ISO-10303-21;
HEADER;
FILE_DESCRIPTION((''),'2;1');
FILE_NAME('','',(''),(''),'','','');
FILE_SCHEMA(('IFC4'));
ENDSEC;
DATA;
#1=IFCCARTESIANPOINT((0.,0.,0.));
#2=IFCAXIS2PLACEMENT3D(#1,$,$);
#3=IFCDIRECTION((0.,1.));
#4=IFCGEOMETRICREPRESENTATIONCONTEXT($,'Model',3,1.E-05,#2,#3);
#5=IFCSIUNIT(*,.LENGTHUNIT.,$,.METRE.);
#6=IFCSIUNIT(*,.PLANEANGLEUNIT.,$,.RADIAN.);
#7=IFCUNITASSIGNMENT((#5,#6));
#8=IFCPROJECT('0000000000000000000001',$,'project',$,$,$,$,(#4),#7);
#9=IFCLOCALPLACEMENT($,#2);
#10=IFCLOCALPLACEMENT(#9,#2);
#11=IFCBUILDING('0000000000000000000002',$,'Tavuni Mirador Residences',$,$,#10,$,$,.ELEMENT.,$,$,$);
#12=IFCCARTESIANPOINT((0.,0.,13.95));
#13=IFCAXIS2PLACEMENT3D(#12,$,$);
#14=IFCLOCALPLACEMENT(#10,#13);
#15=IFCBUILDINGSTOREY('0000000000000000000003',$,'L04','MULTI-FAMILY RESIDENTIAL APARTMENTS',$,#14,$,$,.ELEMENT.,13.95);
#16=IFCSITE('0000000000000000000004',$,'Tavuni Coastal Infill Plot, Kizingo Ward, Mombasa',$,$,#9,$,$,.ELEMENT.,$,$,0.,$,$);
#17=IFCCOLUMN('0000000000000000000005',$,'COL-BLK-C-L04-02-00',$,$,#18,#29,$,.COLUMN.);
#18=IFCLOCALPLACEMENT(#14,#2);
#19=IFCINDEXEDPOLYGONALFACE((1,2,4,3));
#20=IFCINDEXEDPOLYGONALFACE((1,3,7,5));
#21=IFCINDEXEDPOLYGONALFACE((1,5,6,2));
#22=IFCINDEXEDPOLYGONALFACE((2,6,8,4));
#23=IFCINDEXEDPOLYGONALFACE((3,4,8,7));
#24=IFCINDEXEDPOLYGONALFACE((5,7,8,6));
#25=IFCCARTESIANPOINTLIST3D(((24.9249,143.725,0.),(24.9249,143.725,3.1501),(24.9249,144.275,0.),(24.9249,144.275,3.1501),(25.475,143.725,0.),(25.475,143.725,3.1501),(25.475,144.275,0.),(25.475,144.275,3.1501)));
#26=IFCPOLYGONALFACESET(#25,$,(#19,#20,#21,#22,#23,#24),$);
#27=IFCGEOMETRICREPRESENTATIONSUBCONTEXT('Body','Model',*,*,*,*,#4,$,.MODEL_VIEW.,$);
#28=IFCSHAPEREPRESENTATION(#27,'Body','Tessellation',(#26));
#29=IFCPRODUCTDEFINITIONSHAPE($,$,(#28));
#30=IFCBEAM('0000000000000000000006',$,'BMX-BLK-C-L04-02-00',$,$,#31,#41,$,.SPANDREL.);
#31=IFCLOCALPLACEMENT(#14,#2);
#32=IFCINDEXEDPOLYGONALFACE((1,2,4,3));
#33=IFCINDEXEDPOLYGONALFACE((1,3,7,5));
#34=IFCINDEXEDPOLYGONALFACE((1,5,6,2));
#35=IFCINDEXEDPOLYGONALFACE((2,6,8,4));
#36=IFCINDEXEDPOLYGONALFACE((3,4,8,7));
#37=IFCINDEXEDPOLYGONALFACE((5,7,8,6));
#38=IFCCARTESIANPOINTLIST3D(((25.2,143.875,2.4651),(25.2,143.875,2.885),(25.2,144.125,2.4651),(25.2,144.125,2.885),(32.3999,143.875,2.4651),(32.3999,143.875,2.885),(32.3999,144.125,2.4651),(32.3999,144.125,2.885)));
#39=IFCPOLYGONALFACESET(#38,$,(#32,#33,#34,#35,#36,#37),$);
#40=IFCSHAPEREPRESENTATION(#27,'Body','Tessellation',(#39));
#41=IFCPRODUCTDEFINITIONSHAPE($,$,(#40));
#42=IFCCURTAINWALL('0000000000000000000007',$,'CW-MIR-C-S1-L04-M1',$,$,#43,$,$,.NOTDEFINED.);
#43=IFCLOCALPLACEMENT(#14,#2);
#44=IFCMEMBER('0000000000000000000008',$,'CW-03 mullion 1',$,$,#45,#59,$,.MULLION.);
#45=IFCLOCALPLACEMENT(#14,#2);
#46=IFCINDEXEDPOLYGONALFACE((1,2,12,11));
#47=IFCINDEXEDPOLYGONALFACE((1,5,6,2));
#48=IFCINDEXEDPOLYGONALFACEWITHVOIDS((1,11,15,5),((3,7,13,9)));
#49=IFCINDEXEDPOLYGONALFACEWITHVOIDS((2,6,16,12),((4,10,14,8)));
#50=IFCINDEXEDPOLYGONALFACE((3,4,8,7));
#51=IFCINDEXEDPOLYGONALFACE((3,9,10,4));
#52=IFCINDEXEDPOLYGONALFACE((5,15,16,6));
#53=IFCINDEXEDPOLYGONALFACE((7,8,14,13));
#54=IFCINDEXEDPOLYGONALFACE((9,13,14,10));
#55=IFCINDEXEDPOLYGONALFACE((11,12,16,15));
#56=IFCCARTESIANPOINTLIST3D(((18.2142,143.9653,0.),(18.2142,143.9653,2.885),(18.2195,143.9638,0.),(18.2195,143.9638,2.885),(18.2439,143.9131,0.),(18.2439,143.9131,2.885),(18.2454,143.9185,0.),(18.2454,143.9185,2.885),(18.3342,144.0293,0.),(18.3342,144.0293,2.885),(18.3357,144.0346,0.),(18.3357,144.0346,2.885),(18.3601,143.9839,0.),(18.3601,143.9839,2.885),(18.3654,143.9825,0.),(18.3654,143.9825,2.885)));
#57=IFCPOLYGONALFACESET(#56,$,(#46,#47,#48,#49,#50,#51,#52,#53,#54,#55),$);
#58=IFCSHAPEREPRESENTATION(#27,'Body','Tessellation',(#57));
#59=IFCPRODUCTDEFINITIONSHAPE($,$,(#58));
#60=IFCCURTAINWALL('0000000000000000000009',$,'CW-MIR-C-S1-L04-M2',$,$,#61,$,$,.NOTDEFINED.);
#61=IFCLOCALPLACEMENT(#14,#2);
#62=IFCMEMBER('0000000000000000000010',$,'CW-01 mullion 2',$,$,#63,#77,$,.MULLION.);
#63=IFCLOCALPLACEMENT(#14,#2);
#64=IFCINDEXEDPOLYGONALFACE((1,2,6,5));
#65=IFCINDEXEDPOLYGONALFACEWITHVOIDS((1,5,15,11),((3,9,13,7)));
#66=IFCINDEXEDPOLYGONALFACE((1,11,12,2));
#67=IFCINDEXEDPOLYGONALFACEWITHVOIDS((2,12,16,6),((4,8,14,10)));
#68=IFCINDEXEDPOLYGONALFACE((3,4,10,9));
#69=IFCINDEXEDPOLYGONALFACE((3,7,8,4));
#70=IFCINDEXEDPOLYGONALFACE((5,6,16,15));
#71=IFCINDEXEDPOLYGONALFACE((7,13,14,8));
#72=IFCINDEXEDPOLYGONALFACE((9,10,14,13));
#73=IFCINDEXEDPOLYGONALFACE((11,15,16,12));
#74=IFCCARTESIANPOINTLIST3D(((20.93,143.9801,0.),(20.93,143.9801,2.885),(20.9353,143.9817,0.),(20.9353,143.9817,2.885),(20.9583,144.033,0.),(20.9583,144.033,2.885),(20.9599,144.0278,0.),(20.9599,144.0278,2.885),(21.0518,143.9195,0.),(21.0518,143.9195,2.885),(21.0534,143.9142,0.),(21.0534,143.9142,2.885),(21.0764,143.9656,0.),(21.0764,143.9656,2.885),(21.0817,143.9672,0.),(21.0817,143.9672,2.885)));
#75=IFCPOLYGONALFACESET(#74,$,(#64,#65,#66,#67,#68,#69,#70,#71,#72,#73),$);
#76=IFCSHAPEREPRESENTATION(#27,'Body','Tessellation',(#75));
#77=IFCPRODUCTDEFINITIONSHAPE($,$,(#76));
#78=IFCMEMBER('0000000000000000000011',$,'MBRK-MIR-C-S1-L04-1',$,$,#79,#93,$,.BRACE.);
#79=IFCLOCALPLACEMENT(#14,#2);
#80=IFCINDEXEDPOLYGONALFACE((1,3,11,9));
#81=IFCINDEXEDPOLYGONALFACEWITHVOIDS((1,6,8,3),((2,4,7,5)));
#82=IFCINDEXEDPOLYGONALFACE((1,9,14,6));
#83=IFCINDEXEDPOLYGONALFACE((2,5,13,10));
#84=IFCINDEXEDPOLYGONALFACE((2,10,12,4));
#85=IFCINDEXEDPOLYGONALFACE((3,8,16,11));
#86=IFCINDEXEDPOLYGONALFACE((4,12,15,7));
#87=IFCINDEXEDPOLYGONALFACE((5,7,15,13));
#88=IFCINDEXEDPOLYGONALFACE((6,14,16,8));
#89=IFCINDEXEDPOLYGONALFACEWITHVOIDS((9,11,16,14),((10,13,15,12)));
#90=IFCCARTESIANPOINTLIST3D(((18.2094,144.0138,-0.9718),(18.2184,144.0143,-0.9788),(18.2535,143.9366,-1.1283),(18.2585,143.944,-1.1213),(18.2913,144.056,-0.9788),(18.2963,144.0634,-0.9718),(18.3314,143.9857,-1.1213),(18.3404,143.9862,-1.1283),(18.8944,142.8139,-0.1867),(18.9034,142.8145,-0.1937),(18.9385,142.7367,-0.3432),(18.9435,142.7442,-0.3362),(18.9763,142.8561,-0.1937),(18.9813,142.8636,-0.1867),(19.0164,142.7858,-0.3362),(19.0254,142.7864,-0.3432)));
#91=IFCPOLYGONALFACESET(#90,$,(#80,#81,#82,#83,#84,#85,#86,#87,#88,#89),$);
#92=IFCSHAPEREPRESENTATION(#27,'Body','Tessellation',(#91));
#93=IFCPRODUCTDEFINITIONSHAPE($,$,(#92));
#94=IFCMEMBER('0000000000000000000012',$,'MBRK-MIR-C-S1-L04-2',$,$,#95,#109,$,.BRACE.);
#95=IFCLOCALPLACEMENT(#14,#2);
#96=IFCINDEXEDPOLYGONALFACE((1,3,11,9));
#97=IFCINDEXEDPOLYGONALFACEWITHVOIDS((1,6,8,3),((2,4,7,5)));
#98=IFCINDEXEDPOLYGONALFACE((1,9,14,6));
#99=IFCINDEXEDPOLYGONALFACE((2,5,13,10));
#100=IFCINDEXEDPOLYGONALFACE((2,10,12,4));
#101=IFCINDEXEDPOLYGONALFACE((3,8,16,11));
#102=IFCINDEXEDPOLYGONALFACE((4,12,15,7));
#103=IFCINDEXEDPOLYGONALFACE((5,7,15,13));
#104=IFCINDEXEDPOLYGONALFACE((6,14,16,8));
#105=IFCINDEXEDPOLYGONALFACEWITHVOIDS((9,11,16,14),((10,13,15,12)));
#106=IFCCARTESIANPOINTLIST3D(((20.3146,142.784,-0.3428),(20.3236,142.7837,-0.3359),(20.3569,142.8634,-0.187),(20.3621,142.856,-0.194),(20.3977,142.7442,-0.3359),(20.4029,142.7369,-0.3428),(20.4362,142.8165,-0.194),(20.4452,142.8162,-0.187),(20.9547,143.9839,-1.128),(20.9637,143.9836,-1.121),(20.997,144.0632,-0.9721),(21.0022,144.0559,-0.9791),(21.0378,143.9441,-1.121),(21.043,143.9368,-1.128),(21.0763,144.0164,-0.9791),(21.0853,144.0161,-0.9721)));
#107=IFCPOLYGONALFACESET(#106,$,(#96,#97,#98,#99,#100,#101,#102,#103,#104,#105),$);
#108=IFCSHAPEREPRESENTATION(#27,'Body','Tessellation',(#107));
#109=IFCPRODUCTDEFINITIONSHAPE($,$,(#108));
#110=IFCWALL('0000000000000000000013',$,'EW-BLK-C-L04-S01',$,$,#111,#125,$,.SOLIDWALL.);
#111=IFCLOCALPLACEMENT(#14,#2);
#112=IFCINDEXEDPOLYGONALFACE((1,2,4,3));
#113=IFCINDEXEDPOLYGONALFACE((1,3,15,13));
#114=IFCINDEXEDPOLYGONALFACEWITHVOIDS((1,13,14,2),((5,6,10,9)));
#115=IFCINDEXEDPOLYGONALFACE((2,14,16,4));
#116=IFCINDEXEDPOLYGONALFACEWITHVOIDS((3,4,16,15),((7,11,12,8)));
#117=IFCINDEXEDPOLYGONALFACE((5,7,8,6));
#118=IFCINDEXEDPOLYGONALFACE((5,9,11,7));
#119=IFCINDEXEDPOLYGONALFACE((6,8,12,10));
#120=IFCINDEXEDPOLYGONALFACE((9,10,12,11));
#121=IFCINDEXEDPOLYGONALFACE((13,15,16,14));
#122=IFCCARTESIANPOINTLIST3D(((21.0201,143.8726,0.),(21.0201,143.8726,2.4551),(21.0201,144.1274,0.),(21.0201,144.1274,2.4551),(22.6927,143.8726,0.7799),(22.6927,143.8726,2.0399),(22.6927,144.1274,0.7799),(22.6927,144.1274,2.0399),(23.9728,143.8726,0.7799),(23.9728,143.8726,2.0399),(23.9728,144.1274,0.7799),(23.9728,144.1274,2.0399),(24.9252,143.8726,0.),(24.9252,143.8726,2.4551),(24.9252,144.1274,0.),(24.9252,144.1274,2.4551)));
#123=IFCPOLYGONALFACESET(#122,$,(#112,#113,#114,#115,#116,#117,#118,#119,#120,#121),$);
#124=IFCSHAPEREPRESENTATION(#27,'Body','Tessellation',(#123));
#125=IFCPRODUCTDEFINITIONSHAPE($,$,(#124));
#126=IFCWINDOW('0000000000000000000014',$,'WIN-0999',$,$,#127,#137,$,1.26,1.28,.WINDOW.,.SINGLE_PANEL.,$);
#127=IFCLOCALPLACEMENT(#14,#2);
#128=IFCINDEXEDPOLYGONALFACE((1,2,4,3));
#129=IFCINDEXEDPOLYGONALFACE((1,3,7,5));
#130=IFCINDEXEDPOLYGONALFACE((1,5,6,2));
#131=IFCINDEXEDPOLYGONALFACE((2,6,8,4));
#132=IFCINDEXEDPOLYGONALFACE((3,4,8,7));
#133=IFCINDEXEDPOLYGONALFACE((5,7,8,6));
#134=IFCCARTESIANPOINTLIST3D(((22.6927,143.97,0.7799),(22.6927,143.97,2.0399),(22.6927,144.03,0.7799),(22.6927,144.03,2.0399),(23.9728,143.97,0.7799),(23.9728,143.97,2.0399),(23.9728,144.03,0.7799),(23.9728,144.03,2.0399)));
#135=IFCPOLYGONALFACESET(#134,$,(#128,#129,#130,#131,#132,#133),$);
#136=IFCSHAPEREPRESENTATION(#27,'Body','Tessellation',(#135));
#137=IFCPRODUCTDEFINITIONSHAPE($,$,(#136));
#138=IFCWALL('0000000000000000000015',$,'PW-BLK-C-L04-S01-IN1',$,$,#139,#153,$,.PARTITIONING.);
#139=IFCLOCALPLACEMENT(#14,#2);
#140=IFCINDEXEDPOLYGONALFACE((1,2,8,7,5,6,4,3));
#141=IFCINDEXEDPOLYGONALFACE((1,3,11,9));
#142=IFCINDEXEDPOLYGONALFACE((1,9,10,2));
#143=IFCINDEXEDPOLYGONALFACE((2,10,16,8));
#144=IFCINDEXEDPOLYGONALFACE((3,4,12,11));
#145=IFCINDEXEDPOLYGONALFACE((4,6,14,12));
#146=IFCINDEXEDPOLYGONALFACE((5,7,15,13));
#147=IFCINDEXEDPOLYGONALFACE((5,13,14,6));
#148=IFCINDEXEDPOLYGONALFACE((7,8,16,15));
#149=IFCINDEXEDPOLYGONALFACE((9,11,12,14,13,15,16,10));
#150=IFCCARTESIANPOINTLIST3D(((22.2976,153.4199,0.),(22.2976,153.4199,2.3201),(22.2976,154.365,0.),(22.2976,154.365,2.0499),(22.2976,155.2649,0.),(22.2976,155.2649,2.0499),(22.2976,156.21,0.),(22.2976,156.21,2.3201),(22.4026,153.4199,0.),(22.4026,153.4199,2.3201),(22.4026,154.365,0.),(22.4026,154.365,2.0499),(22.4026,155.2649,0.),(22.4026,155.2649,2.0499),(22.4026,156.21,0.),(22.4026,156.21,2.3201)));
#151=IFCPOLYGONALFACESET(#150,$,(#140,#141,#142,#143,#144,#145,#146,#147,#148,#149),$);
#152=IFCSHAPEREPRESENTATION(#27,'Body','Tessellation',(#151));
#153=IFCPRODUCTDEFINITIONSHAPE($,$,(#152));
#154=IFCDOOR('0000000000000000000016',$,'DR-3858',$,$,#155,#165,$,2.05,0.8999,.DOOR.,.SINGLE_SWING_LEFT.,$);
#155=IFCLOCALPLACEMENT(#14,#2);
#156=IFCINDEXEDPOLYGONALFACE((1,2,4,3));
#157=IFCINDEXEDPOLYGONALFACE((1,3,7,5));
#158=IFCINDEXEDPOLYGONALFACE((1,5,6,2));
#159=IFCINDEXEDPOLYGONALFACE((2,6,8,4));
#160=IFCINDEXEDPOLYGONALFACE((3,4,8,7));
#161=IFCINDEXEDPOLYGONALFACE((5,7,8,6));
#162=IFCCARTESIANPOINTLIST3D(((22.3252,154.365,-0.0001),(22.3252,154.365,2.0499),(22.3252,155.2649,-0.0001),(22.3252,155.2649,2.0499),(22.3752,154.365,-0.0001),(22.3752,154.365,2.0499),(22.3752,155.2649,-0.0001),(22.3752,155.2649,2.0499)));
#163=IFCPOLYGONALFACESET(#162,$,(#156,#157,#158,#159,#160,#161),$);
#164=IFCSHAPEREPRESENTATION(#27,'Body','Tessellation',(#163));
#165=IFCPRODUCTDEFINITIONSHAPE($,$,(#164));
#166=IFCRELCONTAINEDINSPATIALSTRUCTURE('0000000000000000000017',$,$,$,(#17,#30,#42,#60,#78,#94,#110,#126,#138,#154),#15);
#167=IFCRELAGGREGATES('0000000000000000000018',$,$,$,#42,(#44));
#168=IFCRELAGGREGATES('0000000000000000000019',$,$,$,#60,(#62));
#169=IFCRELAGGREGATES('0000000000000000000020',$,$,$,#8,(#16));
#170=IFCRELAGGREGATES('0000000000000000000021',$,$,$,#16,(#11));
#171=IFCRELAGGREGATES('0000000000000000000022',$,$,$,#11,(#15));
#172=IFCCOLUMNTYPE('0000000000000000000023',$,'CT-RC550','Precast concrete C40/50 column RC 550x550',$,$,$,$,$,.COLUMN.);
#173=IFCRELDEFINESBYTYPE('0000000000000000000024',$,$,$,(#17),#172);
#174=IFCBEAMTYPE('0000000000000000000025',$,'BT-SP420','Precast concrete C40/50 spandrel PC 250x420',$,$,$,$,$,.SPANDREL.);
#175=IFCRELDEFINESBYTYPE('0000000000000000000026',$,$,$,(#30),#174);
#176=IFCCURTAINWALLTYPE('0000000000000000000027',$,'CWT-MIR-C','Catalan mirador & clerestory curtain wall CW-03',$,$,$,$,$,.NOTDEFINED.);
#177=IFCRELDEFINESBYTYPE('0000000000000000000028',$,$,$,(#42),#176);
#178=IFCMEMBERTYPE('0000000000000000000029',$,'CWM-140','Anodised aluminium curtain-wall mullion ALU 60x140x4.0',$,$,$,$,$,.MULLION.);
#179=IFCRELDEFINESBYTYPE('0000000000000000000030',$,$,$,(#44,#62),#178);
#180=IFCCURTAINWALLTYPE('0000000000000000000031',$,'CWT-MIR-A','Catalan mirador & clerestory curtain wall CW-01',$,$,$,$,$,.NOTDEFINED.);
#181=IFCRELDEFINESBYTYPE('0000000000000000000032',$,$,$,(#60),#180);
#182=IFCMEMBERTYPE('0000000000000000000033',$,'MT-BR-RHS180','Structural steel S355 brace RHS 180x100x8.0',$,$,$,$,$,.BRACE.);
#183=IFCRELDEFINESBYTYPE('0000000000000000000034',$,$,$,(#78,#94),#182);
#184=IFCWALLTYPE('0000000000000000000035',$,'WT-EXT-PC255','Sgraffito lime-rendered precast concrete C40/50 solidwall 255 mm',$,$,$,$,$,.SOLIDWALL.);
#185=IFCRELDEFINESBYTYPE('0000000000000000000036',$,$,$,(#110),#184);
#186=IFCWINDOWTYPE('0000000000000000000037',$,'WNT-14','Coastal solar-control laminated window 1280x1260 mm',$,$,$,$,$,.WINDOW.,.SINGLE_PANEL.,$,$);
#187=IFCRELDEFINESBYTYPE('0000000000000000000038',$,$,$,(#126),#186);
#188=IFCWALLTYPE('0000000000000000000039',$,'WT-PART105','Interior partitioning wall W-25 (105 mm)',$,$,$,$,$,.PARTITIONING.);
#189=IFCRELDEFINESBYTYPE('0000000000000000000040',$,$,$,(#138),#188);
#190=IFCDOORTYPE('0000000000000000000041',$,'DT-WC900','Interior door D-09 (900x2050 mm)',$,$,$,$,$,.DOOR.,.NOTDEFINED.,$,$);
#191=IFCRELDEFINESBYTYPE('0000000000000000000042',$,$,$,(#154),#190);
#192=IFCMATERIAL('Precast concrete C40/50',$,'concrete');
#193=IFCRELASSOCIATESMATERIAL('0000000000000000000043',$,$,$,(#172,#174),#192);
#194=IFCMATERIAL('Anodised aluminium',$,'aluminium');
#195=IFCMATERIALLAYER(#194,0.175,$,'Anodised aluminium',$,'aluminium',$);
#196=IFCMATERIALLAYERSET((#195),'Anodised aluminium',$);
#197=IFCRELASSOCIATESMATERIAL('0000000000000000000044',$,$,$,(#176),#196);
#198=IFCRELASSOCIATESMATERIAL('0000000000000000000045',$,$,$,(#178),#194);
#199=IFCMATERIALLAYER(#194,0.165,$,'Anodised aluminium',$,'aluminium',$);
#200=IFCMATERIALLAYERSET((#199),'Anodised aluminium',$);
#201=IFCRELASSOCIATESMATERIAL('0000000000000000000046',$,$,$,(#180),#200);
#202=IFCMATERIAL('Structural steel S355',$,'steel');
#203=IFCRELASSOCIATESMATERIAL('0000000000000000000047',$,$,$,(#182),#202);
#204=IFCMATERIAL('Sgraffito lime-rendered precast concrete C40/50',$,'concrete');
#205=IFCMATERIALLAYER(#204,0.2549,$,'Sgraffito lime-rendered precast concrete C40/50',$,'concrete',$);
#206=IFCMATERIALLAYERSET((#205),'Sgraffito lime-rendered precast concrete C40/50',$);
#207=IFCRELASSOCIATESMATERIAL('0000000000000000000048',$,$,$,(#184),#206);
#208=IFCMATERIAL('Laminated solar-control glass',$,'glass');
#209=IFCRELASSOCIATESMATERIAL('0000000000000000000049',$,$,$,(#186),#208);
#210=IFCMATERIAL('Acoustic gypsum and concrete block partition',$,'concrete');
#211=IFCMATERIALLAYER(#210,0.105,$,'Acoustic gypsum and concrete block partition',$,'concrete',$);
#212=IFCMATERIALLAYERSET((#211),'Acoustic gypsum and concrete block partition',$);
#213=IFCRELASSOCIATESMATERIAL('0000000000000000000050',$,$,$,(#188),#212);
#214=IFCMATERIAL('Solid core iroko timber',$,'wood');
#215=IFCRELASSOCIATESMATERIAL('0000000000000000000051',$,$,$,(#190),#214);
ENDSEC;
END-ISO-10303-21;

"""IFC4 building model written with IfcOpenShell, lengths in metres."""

from ifc_helpers import new_model, si_unit, direction, frame, frame_2d, origin, origin_2d, place, context, subcontext, project, spatial, rectangle, hollow_rectangle, extrude, material, layer, layer_set, material_profile, profile_set, type_object, element, fill, aggregate, save


model = new_model("IFC4")

# Units and contexts
model_context = context("Model", 3, precision=1e-05, world=origin(), true_north=direction((0.0, 1.0)))
body_context = subcontext(model_context, "Body", "Model", "MODEL_VIEW")
ifc_project = project(units=[si_unit("LENGTHUNIT", "METRE"), si_unit("PLANEANGLEUNIT", "RADIAN")], contexts=[model_context])

# Site, building, storey
site_placement = place(None, origin())
site = spatial("IfcSite", under=ifc_project, at=site_placement, Name="Tavuni Coastal Infill Plot, Kizingo Ward, Mombasa", CompositionType="ELEMENT", RefElevation=0.0)
building_placement = place(site_placement, origin())
building = spatial("IfcBuilding", under=site, at=building_placement, Name="Tavuni Mirador Residences", CompositionType="ELEMENT")
storey_placement = place(building_placement, frame((0.0, 0.0, 13.95)))
storey = spatial("IfcBuildingStorey", under=building, at=storey_placement, Name="L04", Description="MULTI-FAMILY RESIDENTIAL APARTMENTS", CompositionType="ELEMENT", Elevation=13.95)

# Column
ifc_material_1 = material(Name="Precast concrete C40/50", Category="concrete")
ifc_material_profile_1 = material_profile(ifc_material_1, rectangle(XDim=0.55, YDim=0.55, at=origin_2d()), Name="RC 550x550", Category="concrete")
ifc_profile_set_1 = profile_set([ifc_material_profile_1], Name="Precast concrete C40/50")
column_type = type_object("IfcColumnType", Name="CT-RC550", Description="Precast concrete C40/50 column RC 550x550", PredefinedType="COLUMN", material=ifc_profile_set_1)
column_placement = place(storey_placement, frame((25.2, 144.0, 0.0), z_axis=(0.0, 0.0, 1.0), x_axis=(1.0, 0.0, 0.0)))
element("IfcColumn", 1, at=column_placement, inside=storey, type_object=column_type, Name="COL-BLK-C-L04-02-00", PredefinedType="COLUMN", context=body_context, shape_type="SweptSolid", body=[
    extrude(rectangle(XDim=0.55, YDim=0.55, at=origin_2d()), origin(), (0.0, 0.0, 1.0), 3.1501),
])

# Beam
ifc_material_profile_2 = material_profile(ifc_material_1, rectangle(XDim=0.25, YDim=0.4199, at=origin_2d()), Name="PC 250x420", Category="concrete")
ifc_profile_set_2 = profile_set([ifc_material_profile_2], Name="Precast concrete C40/50")
beam_type = type_object("IfcBeamType", Name="BT-SP420", Description="Precast concrete C40/50 spandrel PC 250x420", PredefinedType="SPANDREL", material=ifc_profile_set_2)
beam_placement = place(storey_placement, frame((25.2, 144.0, 2.675), z_axis=(1.0, 0.0, 0.0), x_axis=(0.0, 1.0, 0.0)))
element("IfcBeam", 2, at=beam_placement, inside=storey, type_object=beam_type, Name="BMX-BLK-C-L04-02-00", PredefinedType="SPANDREL", context=body_context, shape_type="SweptSolid", body=[
    extrude(rectangle(XDim=0.25, YDim=0.4199, at=origin_2d()), origin(), (0.0, 0.0, 1.0), 7.2),
])

# Curtain walls, members
ifc_material_2 = material(Name="Anodised aluminium", Category="aluminium")
ifc_layer_1 = layer(ifc_material_2, 0.175, Name="Anodised aluminium", Category="aluminium")
ifc_layer_set_1 = layer_set([ifc_layer_1], Name="Anodised aluminium")
curtain_wall_type_1 = type_object("IfcCurtainWallType", Name="CWT-MIR-C", Description="Catalan mirador & clerestory curtain wall CW-03", PredefinedType="NOTDEFINED", material=ifc_layer_set_1)
curtain_wall_1_placement = place(storey_placement, origin())
curtain_wall_1 = element("IfcCurtainWall", 3, at=curtain_wall_1_placement, inside=storey, type_object=curtain_wall_type_1, Name="CW-MIR-C-S1-L04-M1", PredefinedType="NOTDEFINED")
ifc_material_profile_3 = material_profile(ifc_material_2, hollow_rectangle(XDim=0.0601, YDim=0.1399, WallThickness=0.0039, at=origin_2d()), Name="ALU 60x140x4.0", Category="aluminium")
ifc_profile_set_3 = profile_set([ifc_material_profile_3], Name="Anodised aluminium")
member_type_1 = type_object("IfcMemberType", Name="CWM-140", Description="Anodised aluminium curtain-wall mullion ALU 60x140x4.0", PredefinedType="MULLION", material=ifc_profile_set_3)
member_1_placement = place(storey_placement, frame((18.2898, 143.9739, 0.0), z_axis=(0.0, 0.0, 1.0), x_axis=(0.495749, -0.868466, 0.0)))
member_1 = element("IfcMember", 4, at=member_1_placement, type_object=member_type_1, Name="CW-03 mullion 1", PredefinedType="MULLION", context=body_context, shape_type="SweptSolid", body=[
    extrude(hollow_rectangle(XDim=0.0601, YDim=0.1399, WallThickness=0.0039, at=origin_2d()), origin(), (0.0, 0.0, 1.0), 2.885),
])
aggregate(curtain_wall_1, [member_1])
ifc_layer_2 = layer(ifc_material_2, 0.165, Name="Anodised aluminium", Category="aluminium")
ifc_layer_set_2 = layer_set([ifc_layer_2], Name="Anodised aluminium")
curtain_wall_type_2 = type_object("IfcCurtainWallType", Name="CWT-MIR-A", Description="Catalan mirador & clerestory curtain wall CW-01", PredefinedType="NOTDEFINED", material=ifc_layer_set_2)
curtain_wall_2_placement = place(storey_placement, origin())
curtain_wall_2 = element("IfcCurtainWall", 5, at=curtain_wall_2_placement, inside=storey, type_object=curtain_wall_type_2, Name="CW-MIR-C-S1-L04-M2", PredefinedType="NOTDEFINED")
member_2_placement = place(storey_placement, frame((21.0059, 143.9736, 0.0), z_axis=(0.0, 0.0, 1.0), x_axis=(0.470588, 0.882353, 0.0)))
member_2 = element("IfcMember", 6, at=member_2_placement, type_object=member_type_1, Name="CW-01 mullion 2", PredefinedType="MULLION", context=body_context, shape_type="SweptSolid", body=[
    extrude(hollow_rectangle(XDim=0.0601, YDim=0.1399, WallThickness=0.0039, at=origin_2d()), origin(), (0.0, 0.0, 1.0), 2.885),
])
aggregate(curtain_wall_2, [member_2])

# Members
ifc_material_3 = material(Name="Structural steel S355", Category="steel")
ifc_material_profile_4 = material_profile(ifc_material_3, hollow_rectangle(XDim=0.1001, YDim=0.1799, WallThickness=0.0081, at=origin_2d()), Name="RHS 180x100x8.0", Category="steel")
ifc_profile_set_4 = profile_set([ifc_material_profile_4], Name="Structural steel S355")
member_type_2 = type_object("IfcMemberType", Name="MT-BR-RHS180", Description="Structural steel S355 brace RHS 180x100x8.0", PredefinedType="BRACE", material=ifc_profile_set_4)
member_3_placement = place(storey_placement, frame((18.2749, 144.0, -1.05), z_axis=(0.431063, -0.755051, 0.494048), x_axis=(0.868439, 0.495796, 0.0)))
element("IfcMember", 7, at=member_3_placement, inside=storey, type_object=member_type_2, Name="MBRK-MIR-C-S1-L04-1", PredefinedType="BRACE", context=body_context, shape_type="SweptSolid", body=[
    extrude(hollow_rectangle(XDim=0.1001, YDim=0.1799, WallThickness=0.0081, at=origin_2d()), origin(), (0.0, 0.0, 1.0), 1.5891),
])
member_4_placement = place(storey_placement, frame((21.02, 144.0, -1.05), z_axis=(-0.407629, -0.76411, 0.499975), x_axis=(0.882303, -0.470681, 0.0)))
element("IfcMember", 8, at=member_4_placement, inside=storey, type_object=member_type_2, Name="MBRK-MIR-C-S1-L04-2", PredefinedType="BRACE", context=body_context, shape_type="SweptSolid", body=[
    extrude(hollow_rectangle(XDim=0.1001, YDim=0.1799, WallThickness=0.0081, at=origin_2d()), origin(), (0.0, 0.0, 1.0), 1.5703),
])

# Shared definitions
ifc_material_4 = material(Name="Solid core iroko timber", Category="wood")

# Wall, opening, window
ifc_material_5 = material(Name="Sgraffito lime-rendered precast concrete C40/50", Category="concrete")
ifc_layer_3 = layer(ifc_material_5, 0.2549, Name="Sgraffito lime-rendered precast concrete C40/50", Category="concrete")
ifc_layer_set_3 = layer_set([ifc_layer_3], Name="Sgraffito lime-rendered precast concrete C40/50")
wall_type_1 = type_object("IfcWallType", Name="WT-EXT-PC255", Description="Sgraffito lime-rendered precast concrete C40/50 solidwall 255 mm", PredefinedType="SOLIDWALL", material=ifc_layer_set_3)
wall_1_placement = place(storey_placement, frame((21.02, 144.0, 0.0), z_axis=(0.0, 0.0, 1.0), x_axis=(1.0, 0.0, 0.0)))
wall_1 = element("IfcWall", 9, at=wall_1_placement, inside=storey, type_object=wall_type_1, Name="EW-BLK-C-L04-S01", PredefinedType="SOLIDWALL", context=body_context, shape_type="SweptSolid", body=[
    extrude(rectangle(XDim=3.905, YDim=0.2549, at=frame_2d((1.9526, 0.0))), origin(), (0.0, 0.0, 1.0), 2.4551),
])
opening_1_placement = place(wall_1_placement, frame((1.6726, 0.0, 0.78)))
opening_1 = element("IfcOpeningElement", 10, at=opening_1_placement, cuts=wall_1, PredefinedType="OPENING", context=body_context, shape_type="SweptSolid", body=[
    extrude(rectangle(XDim=1.28, YDim=1.26, at=frame_2d((0.6401, 0.6299))), frame((0.0, 0.1375, 0.0), z_axis=(0.0, -1.0, 0.0), x_axis=(1.0, 0.0, 0.0)), (0.0, 0.0, 1.0), 0.2749),
])
ifc_material_6 = material(Name="Laminated solar-control glass", Category="glass")
window_type = type_object("IfcWindowType", Name="WNT-14", Description="Coastal solar-control laminated window 1280x1260 mm", PartitioningType="SINGLE_PANEL", PredefinedType="WINDOW", material=ifc_material_6)
window_placement = place(opening_1_placement, origin())
window = element("IfcWindow", 11, at=window_placement, inside=storey, type_object=window_type, Name="WIN-0999", OverallHeight=1.26, OverallWidth=1.28, PartitioningType="SINGLE_PANEL", PredefinedType="WINDOW", context=body_context, shape_type="SweptSolid", body=[
    extrude(rectangle(XDim=1.28, YDim=1.26, at=frame_2d((0.6401, 0.6299))), frame((0.0, 0.03, 0.0), z_axis=(0.0, -1.0, 0.0), x_axis=(1.0, 0.0, 0.0)), (0.0, 0.0, 1.0), 0.0601),
])
fill(opening_1, window)

# Wall, opening, door
ifc_material_7 = material(Name="Acoustic gypsum and concrete block partition", Category="concrete")
ifc_layer_4 = layer(ifc_material_7, 0.105, Name="Acoustic gypsum and concrete block partition", Category="concrete")
ifc_layer_set_4 = layer_set([ifc_layer_4], Name="Acoustic gypsum and concrete block partition")
wall_type_2 = type_object("IfcWallType", Name="WT-PART105", Description="Interior partitioning wall W-25 (105 mm)", PredefinedType="PARTITIONING", material=ifc_layer_set_4)
wall_2_placement = place(storey_placement, frame((22.3501, 153.4199, 0.0), z_axis=(0.0, 0.0, 1.0), x_axis=(0.0, 1.0, 0.0)))
wall_2 = element("IfcWall", 12, at=wall_2_placement, inside=storey, type_object=wall_type_2, Name="PW-BLK-C-L04-S01-IN1", PredefinedType="PARTITIONING", context=body_context, shape_type="SweptSolid", body=[
    extrude(rectangle(XDim=2.79, YDim=0.105, at=frame_2d((1.395, 0.0))), origin(), (0.0, 0.0, 1.0), 2.3201),
])
opening_2_placement = place(wall_2_placement, frame((0.9451, 0.0, 0.0)))
opening_2 = element("IfcOpeningElement", 13, at=opening_2_placement, cuts=wall_2, PredefinedType="OPENING", context=body_context, shape_type="SweptSolid", body=[
    extrude(rectangle(XDim=0.8999, YDim=2.05, at=frame_2d((0.45, 1.0249))), frame((0.0, 0.0625, 0.0), z_axis=(0.0, -1.0, 0.0), x_axis=(1.0, 0.0, 0.0)), (0.0, 0.0, 1.0), 0.125),
])
door_type_1 = type_object("IfcDoorType", Name="DT-WC900", Description="Interior door D-09 (900x2050 mm)", OperationType="NOTDEFINED", PredefinedType="DOOR", material=ifc_material_4)
door_1_placement = place(opening_2_placement, origin())
door_1 = element("IfcDoor", 14, at=door_1_placement, inside=storey, type_object=door_type_1, Name="DR-3858", OperationType="SINGLE_SWING_LEFT", OverallHeight=2.05, OverallWidth=0.8999, PredefinedType="DOOR", context=body_context, shape_type="SweptSolid", body=[
    extrude(rectangle(XDim=0.8999, YDim=2.05, at=frame_2d((0.45, 1.0249))), frame((0.0, 0.0249, 0.0), z_axis=(0.0, -1.0, 0.0), x_axis=(1.0, 0.0, 0.0)), (0.0, 0.0, 1.0), 0.05),
])
fill(opening_2, door_1)

save(model, "model.ifc")
